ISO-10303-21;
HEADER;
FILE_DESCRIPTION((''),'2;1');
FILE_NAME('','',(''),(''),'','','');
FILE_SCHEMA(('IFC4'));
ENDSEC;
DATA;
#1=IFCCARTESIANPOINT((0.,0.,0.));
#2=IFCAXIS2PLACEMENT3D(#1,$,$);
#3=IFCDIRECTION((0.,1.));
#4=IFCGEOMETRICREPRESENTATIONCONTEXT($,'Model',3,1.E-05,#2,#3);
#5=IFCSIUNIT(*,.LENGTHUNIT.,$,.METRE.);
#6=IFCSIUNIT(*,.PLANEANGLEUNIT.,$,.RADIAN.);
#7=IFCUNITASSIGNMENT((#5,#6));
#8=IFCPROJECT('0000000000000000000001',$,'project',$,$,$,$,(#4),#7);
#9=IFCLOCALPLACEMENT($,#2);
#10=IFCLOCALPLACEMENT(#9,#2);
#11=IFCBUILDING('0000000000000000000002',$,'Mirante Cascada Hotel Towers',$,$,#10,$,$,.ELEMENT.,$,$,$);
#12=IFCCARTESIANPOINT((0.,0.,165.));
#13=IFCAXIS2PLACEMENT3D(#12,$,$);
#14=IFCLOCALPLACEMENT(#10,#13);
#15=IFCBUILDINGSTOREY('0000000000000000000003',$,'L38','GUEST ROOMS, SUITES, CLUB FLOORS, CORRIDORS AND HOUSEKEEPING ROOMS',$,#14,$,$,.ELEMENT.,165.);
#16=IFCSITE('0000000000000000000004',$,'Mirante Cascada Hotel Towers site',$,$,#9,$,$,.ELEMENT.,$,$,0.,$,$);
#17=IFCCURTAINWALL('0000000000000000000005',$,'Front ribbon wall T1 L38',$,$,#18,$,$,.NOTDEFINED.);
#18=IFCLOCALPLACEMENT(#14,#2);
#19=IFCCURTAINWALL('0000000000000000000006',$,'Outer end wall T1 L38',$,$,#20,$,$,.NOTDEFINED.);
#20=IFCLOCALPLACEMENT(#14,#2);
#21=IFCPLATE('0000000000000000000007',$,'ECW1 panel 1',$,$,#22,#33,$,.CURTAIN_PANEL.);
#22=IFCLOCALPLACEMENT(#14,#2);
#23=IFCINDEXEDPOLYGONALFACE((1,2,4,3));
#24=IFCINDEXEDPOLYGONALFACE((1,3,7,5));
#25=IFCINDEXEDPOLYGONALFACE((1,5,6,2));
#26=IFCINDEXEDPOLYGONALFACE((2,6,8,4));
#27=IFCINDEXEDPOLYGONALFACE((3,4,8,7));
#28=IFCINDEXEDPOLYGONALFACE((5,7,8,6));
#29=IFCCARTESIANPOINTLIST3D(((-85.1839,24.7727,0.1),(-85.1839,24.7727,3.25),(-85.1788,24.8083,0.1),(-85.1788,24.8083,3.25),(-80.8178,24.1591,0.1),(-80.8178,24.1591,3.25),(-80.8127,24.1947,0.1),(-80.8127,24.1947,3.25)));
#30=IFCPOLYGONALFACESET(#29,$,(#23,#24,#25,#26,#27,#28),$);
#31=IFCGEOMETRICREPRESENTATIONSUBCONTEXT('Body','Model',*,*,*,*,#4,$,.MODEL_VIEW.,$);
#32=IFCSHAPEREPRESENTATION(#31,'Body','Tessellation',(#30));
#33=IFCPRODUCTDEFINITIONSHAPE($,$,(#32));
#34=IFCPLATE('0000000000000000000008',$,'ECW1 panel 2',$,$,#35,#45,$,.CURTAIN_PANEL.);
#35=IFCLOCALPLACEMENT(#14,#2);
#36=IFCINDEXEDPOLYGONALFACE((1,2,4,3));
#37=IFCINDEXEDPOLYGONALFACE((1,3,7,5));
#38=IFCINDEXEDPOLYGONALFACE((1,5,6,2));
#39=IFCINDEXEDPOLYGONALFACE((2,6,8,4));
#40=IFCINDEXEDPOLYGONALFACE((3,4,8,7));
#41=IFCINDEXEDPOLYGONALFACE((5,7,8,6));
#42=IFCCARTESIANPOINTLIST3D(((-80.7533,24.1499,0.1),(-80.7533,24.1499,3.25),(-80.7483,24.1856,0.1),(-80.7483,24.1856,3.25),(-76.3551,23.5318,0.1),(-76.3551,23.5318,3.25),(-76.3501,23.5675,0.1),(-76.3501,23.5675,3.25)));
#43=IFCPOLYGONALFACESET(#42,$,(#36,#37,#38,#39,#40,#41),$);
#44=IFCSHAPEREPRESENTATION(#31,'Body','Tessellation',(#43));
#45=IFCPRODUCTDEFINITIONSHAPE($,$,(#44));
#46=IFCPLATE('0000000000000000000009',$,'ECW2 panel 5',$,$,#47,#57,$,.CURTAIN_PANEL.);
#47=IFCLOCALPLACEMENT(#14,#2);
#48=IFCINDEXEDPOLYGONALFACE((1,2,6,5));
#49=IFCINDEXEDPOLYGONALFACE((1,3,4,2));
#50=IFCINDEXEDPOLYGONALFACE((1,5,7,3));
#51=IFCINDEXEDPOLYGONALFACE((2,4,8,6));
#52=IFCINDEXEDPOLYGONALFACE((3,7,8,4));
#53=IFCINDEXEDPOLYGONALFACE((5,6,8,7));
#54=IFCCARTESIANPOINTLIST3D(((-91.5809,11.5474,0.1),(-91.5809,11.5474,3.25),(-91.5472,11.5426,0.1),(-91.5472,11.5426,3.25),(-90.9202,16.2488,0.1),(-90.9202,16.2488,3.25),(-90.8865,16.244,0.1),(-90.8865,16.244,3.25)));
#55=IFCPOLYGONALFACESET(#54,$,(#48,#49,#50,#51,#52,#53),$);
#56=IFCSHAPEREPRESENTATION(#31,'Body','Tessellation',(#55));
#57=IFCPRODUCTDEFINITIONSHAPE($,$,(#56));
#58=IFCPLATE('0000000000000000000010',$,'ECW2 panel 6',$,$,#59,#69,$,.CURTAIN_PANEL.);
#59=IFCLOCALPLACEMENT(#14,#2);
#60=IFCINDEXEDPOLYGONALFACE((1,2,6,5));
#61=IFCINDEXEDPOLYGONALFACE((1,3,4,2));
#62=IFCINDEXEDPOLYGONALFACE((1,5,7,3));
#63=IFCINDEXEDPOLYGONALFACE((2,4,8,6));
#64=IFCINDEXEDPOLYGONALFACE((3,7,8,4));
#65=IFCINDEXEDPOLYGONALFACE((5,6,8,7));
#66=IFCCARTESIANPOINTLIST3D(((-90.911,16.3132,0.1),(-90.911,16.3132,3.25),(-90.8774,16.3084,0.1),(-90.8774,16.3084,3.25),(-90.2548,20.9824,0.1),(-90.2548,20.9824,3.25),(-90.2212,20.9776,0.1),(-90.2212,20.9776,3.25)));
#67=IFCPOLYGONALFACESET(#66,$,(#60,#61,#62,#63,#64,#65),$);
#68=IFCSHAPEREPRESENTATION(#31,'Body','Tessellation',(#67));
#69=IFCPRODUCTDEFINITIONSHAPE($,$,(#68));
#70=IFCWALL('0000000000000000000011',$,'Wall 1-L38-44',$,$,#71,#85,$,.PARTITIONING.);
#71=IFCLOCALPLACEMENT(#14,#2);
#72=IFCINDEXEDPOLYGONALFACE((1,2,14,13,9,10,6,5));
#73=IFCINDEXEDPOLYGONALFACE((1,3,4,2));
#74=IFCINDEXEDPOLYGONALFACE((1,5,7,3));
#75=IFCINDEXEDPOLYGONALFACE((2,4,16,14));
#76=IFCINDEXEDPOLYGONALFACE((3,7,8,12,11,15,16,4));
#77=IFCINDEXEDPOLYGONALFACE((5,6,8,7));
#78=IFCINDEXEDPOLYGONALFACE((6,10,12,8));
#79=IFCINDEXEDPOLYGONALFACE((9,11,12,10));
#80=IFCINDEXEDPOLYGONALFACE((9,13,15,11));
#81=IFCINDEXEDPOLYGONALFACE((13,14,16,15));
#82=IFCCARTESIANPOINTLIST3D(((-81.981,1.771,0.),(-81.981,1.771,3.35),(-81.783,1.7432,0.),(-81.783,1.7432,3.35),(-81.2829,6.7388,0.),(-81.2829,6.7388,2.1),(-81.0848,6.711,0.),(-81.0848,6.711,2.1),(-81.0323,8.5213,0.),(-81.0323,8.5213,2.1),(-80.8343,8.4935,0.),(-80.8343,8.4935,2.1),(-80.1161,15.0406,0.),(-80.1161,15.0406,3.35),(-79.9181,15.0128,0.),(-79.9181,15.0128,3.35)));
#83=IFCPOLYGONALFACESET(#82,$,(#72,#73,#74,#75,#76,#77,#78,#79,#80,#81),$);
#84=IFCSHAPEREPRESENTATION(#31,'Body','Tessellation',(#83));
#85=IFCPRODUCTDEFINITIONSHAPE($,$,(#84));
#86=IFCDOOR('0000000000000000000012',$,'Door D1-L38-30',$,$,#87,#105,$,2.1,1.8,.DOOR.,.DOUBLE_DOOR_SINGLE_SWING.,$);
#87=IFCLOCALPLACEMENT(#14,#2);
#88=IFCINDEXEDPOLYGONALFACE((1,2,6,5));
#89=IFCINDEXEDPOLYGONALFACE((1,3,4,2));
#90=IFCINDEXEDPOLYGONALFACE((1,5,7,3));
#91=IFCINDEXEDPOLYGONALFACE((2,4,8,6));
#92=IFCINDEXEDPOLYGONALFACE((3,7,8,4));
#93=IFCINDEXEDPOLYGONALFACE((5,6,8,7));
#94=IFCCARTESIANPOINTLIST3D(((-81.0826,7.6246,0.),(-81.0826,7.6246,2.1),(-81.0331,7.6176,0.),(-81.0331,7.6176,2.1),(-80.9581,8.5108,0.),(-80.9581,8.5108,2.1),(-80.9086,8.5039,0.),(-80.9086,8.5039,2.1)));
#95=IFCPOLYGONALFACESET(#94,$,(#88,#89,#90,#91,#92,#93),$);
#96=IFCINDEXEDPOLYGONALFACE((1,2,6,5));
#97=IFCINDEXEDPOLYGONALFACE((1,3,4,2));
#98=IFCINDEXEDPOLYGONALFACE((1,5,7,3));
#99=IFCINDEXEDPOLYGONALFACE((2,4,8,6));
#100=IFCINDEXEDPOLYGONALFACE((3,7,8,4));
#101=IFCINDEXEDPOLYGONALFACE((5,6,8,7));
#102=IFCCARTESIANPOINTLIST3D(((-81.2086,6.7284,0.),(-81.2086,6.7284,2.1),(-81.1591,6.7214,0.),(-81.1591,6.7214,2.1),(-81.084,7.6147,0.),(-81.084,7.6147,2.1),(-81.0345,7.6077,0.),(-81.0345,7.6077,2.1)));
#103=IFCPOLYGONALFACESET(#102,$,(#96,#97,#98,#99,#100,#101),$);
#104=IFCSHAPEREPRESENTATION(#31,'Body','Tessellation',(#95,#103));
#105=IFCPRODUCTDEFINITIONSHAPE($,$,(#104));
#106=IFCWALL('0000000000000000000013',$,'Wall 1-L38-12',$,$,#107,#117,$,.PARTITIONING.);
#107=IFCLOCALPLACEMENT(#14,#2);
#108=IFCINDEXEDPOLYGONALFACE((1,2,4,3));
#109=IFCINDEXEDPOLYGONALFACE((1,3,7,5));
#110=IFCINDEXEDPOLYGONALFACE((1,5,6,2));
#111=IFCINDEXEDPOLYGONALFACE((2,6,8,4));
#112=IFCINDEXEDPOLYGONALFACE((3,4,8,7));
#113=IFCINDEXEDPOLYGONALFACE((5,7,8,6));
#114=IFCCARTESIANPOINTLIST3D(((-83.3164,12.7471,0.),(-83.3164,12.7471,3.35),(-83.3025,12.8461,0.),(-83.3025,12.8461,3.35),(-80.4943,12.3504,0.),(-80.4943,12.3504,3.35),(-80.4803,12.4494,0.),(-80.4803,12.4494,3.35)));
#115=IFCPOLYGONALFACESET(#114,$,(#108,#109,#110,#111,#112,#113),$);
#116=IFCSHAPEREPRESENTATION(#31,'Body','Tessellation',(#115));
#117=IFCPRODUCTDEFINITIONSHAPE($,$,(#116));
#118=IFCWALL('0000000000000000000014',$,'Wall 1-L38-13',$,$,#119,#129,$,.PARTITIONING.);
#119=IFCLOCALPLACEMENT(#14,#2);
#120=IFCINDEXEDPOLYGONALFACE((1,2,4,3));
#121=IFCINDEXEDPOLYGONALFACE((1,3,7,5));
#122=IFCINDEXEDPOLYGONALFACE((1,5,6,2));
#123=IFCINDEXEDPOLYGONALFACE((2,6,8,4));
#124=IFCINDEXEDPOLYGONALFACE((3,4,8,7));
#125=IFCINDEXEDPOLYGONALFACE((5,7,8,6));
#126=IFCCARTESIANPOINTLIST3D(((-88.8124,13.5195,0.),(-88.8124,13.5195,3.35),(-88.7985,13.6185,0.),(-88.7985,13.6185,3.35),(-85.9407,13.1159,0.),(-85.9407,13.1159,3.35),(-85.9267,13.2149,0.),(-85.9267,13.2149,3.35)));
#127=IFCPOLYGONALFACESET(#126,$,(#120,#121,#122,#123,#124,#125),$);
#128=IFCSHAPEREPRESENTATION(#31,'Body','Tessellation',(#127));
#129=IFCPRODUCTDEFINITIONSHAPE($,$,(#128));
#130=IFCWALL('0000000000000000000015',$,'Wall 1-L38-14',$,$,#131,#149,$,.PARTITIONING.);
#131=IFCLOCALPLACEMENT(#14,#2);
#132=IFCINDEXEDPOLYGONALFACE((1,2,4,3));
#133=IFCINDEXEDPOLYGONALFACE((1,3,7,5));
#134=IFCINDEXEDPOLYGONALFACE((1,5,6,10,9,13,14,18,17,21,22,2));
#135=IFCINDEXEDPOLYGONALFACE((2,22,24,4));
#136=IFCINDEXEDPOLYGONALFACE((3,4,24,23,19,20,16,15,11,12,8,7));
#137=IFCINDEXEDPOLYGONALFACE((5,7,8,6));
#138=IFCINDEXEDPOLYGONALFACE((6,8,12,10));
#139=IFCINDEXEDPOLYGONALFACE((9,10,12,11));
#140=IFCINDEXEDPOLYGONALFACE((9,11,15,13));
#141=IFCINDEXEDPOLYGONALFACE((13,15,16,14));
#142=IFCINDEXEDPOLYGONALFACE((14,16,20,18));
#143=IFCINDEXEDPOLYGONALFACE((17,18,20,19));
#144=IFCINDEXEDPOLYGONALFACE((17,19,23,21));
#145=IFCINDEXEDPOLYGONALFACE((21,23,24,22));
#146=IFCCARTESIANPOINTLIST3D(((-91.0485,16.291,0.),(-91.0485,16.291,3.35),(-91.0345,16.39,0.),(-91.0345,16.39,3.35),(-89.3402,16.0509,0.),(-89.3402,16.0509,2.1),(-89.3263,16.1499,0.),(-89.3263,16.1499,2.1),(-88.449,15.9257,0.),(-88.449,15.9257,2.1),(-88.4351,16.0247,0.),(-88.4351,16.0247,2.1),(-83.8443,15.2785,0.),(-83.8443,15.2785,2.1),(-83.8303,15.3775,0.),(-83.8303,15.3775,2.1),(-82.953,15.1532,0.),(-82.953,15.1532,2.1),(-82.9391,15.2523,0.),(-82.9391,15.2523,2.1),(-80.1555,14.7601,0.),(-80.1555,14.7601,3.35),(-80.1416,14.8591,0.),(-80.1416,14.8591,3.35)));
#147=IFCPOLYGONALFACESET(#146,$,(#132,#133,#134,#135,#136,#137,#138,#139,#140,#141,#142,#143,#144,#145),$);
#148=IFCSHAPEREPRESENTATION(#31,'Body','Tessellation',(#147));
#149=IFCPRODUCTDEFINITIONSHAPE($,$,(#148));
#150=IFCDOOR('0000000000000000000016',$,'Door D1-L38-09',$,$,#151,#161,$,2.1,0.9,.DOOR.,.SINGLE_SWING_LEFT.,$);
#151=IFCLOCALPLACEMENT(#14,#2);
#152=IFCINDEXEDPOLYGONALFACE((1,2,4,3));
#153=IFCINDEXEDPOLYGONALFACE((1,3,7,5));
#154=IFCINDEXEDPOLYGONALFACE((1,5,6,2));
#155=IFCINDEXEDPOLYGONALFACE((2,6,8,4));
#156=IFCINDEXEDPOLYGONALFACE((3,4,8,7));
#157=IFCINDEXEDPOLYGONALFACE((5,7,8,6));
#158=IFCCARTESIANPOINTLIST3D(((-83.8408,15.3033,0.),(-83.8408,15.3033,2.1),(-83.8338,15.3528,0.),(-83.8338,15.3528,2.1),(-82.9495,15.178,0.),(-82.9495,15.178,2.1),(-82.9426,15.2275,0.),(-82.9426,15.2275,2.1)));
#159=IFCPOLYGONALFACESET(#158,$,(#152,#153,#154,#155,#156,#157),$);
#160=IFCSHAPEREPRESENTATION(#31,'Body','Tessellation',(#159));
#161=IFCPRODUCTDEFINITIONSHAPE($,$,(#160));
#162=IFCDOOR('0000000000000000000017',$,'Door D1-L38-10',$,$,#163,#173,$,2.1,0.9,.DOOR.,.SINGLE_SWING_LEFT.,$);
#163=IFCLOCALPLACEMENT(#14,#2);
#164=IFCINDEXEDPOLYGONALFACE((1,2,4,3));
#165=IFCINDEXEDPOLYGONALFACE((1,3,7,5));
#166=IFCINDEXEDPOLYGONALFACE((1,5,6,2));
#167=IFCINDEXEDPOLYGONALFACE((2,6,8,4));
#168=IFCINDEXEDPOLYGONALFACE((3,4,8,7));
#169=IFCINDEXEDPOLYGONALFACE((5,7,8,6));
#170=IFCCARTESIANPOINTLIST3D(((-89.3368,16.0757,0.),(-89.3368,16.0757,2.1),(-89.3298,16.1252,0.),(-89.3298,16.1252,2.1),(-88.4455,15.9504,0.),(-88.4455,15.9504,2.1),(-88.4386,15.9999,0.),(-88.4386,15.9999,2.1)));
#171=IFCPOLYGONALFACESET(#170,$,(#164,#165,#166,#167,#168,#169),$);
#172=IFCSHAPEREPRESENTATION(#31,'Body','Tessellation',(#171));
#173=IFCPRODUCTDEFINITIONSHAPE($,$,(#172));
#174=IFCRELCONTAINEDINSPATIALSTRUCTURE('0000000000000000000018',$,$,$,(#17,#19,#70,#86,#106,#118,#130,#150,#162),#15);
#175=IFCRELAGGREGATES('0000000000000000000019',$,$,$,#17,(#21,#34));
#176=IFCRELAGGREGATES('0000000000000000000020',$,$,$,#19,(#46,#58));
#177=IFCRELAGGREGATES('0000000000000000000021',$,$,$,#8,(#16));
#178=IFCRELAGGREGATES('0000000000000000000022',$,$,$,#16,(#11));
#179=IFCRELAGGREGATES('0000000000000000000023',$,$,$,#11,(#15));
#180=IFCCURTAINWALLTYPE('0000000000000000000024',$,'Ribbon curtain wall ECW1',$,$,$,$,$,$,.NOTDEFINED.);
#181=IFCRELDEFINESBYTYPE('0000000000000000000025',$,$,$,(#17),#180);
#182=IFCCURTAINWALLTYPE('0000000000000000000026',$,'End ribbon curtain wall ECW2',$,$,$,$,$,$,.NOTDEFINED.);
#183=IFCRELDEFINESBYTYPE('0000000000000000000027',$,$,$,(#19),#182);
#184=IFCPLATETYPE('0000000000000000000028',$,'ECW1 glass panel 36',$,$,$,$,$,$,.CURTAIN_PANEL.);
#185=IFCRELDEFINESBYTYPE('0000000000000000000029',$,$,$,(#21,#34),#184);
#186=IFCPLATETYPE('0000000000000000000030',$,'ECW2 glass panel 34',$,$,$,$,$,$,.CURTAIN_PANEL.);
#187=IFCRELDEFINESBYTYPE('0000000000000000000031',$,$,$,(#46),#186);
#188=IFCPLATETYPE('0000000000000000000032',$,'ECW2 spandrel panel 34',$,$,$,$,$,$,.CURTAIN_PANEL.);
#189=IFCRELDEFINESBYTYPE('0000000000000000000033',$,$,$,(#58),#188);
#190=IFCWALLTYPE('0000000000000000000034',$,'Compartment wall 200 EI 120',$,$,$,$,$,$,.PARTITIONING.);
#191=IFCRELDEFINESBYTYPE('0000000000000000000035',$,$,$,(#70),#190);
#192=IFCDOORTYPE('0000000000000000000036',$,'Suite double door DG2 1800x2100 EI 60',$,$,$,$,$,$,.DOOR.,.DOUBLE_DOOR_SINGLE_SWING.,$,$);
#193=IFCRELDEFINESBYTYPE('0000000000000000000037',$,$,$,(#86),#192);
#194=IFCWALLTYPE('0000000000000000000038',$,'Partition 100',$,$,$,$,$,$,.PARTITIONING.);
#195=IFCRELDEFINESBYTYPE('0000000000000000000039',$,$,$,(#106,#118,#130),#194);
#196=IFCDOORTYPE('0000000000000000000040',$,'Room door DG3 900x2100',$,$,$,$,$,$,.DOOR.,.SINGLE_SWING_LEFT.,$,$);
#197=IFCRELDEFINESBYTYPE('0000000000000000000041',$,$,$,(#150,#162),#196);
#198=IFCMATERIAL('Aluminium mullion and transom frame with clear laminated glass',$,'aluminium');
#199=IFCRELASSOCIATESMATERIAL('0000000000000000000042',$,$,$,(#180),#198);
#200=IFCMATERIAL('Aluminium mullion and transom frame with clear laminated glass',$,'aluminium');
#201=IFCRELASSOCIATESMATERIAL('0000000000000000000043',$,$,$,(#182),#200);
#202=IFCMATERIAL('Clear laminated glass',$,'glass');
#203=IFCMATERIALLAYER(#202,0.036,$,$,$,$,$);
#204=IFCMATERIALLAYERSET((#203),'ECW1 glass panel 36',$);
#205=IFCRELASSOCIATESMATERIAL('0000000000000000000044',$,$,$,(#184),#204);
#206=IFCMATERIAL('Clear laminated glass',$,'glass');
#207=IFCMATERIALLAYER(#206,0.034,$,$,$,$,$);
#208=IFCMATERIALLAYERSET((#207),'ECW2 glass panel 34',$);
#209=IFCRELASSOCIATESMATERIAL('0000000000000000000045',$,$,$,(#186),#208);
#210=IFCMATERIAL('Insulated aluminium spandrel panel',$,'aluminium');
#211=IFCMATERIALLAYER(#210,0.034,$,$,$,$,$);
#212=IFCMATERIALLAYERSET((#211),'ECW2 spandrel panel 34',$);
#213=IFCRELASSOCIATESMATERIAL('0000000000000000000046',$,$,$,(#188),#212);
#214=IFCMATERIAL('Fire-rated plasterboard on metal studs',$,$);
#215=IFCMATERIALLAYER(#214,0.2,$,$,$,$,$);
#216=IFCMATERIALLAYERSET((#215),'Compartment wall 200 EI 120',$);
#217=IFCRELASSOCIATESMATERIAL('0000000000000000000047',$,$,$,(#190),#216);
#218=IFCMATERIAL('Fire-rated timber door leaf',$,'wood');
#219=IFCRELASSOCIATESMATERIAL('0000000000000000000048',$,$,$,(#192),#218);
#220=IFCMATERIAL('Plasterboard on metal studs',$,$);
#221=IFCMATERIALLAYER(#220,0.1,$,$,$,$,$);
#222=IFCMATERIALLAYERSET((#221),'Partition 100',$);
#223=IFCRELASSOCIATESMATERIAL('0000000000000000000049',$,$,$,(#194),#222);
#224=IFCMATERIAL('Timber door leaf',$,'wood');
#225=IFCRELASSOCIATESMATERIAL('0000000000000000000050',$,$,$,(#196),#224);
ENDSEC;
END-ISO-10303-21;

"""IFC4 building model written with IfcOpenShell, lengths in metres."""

from ifc_helpers import new_model, si_unit, direction, frame, frame_2d, origin, origin_2d, place, context, subcontext, project, spatial, rectangle, extrude, material, layer, layer_set, type_object, element, fill, aggregate, save


model = new_model("IFC4")

# Units and contexts
model_context = context("Model", 3, precision=1e-05, world=origin(), true_north=direction((0.0, 1.0)))
body_context = subcontext(model_context, "Body", "Model", "MODEL_VIEW")
ifc_project = project(units=[si_unit("LENGTHUNIT", "METRE"), si_unit("PLANEANGLEUNIT", "RADIAN")], contexts=[model_context])

# Site, building, storey
site_placement = place(None, origin())
site = spatial("IfcSite", under=ifc_project, at=site_placement, Name="Mirante Cascada Hotel Towers site", CompositionType="ELEMENT", RefElevation=0.0)
building_placement = place(site_placement, origin())
building = spatial("IfcBuilding", under=site, at=building_placement, Name="Mirante Cascada Hotel Towers", CompositionType="ELEMENT")
storey_placement = place(building_placement, frame((0.0, 0.0, 165.0)))
storey = spatial("IfcBuildingStorey", under=building, at=storey_placement, Name="L38", Description="GUEST ROOMS, SUITES, CLUB FLOORS, CORRIDORS AND HOUSEKEEPING ROOMS", CompositionType="ELEMENT", Elevation=165.0)

# Curtain walls
ifc_material_1 = material(Name="Aluminium mullion and transom frame with clear laminated glass", Category="aluminium")
curtain_wall_type_1 = type_object("IfcCurtainWallType", Name="Ribbon curtain wall ECW1", PredefinedType="NOTDEFINED", material=ifc_material_1)
curtain_wall_1_placement = place(storey_placement, origin())
curtain_wall_1 = element("IfcCurtainWall", 1, at=curtain_wall_1_placement, inside=storey, type_object=curtain_wall_type_1, Name="Front ribbon wall T1 L38", PredefinedType="NOTDEFINED")
ifc_material_2 = material(Name="Aluminium mullion and transom frame with clear laminated glass", Category="aluminium")
curtain_wall_type_2 = type_object("IfcCurtainWallType", Name="End ribbon curtain wall ECW2", PredefinedType="NOTDEFINED", material=ifc_material_2)
curtain_wall_2_placement = place(storey_placement, origin())
curtain_wall_2 = element("IfcCurtainWall", 2, at=curtain_wall_2_placement, inside=storey, type_object=curtain_wall_type_2, Name="Outer end wall T1 L38", PredefinedType="NOTDEFINED")

# Plates
ifc_material_3 = material(Name="Clear laminated glass", Category="glass")
ifc_layer_1 = layer(ifc_material_3, 0.036)
ifc_layer_set_1 = layer_set([ifc_layer_1], Name="ECW1 glass panel 36")
plate_type_1 = type_object("IfcPlateType", Name="ECW1 glass panel 36", PredefinedType="CURTAIN_PANEL", material=ifc_layer_set_1)
plate_1_placement = place(storey_placement, frame((-82.9983, 24.4837, 0.1), z_axis=(0.0, 0.0, 1.0), x_axis=(0.990268, -0.139173, 0.0)))
plate_1 = element("IfcPlate", 3, at=plate_1_placement, type_object=plate_type_1, Name="ECW1 panel 1", PredefinedType="CURTAIN_PANEL", context=body_context, shape_type="SweptSolid", body=[
    extrude(rectangle(XDim=4.409, YDim=0.036, at=origin_2d()), origin(), (0.0, 0.0, 1.0), 3.15),
])
plate_2_placement = place(storey_placement, frame((-78.5517, 23.8587, 0.1), z_axis=(0.0, 0.0, 1.0), x_axis=(0.990268, -0.139173, 0.0)))
plate_2 = element("IfcPlate", 4, at=plate_2_placement, type_object=plate_type_1, Name="ECW1 panel 2", PredefinedType="CURTAIN_PANEL", context=body_context, shape_type="SweptSolid", body=[
    extrude(rectangle(XDim=4.4415, YDim=0.036, at=origin_2d()), origin(), (0.0, 0.0, 1.0), 3.15),
])
aggregate(curtain_wall_1, [plate_1, plate_2])
ifc_material_4 = material(Name="Clear laminated glass", Category="glass")
ifc_layer_2 = layer(ifc_material_4, 0.034)
ifc_layer_set_2 = layer_set([ifc_layer_2], Name="ECW2 glass panel 34")
plate_type_2 = type_object("IfcPlateType", Name="ECW2 glass panel 34", PredefinedType="CURTAIN_PANEL", material=ifc_layer_set_2)
plate_3_placement = place(storey_placement, frame((-91.2337, 13.8957, 0.1), z_axis=(0.0, 0.0, 1.0), x_axis=(0.139173, 0.990268, 0.0)))
plate_3 = element("IfcPlate", 5, at=plate_3_placement, type_object=plate_type_2, Name="ECW2 panel 5", PredefinedType="CURTAIN_PANEL", context=body_context, shape_type="SweptSolid", body=[
    extrude(rectangle(XDim=4.7476, YDim=0.034, at=origin_2d()), origin(), (0.0, 0.0, 1.0), 3.15),
])
ifc_material_5 = material(Name="Insulated aluminium spandrel panel", Category="aluminium")
ifc_layer_3 = layer(ifc_material_5, 0.034)
ifc_layer_set_3 = layer_set([ifc_layer_3], Name="ECW2 spandrel panel 34")
plate_type_3 = type_object("IfcPlateType", Name="ECW2 spandrel panel 34", PredefinedType="CURTAIN_PANEL", material=ifc_layer_set_3)
plate_4_placement = place(storey_placement, frame((-90.5661, 18.6454, 0.1), z_axis=(0.0, 0.0, 1.0), x_axis=(0.139173, 0.990268, 0.0)))
plate_4 = element("IfcPlate", 6, at=plate_4_placement, type_object=plate_type_3, Name="ECW2 panel 6", PredefinedType="CURTAIN_PANEL", context=body_context, shape_type="SweptSolid", body=[
    extrude(rectangle(XDim=4.7151, YDim=0.034, at=origin_2d()), origin(), (0.0, 0.0, 1.0), 3.15),
])
aggregate(curtain_wall_2, [plate_3, plate_4])

# Wall, opening, door
ifc_material_6 = material(Name="Fire-rated plasterboard on metal studs")
ifc_layer_4 = layer(ifc_material_6, 0.2)
ifc_layer_set_4 = layer_set([ifc_layer_4], Name="Compartment wall 200 EI 120")
wall_type_1 = type_object("IfcWallType", Name="Compartment wall 200 EI 120", PredefinedType="PARTITIONING", material=ifc_layer_set_4)
wall_1_placement = place(storey_placement, frame((-80.0171, 15.0267, 0.0), z_axis=(0.0, 0.0, 1.0), x_axis=(-0.139172, -0.990268, 0.0)))
wall_1 = element("IfcWall", 7, at=wall_1_placement, inside=storey, type_object=wall_type_1, Name="Wall 1-L38-44", PredefinedType="PARTITIONING", context=body_context, shape_type="SweptSolid", body=[
    extrude(rectangle(XDim=13.4, YDim=0.2, at=frame_2d((6.7, 0.0))), origin(), (0.0, 0.0, 1.0), 3.35),
])
opening_1_placement = place(wall_1_placement, frame((6.5834, 0.0, 0.0)))
opening_1 = element("IfcOpeningElement", 8, at=opening_1_placement, cuts=wall_1, PredefinedType="OPENING", context=body_context, shape_type="SweptSolid", body=[
    extrude(rectangle(XDim=1.8, YDim=2.1, at=frame_2d((0.9, 1.05))), frame((0.0, 0.1, 0.0), z_axis=(0.0, -1.0, 0.0), x_axis=(1.0, 0.0, 0.0)), (0.0, 0.0, 1.0), 0.2),
])
ifc_material_7 = material(Name="Fire-rated timber door leaf", Category="wood")
door_type_1 = type_object("IfcDoorType", Name="Suite double door DG2 1800x2100 EI 60", OperationType="DOUBLE_DOOR_SINGLE_SWING", PredefinedType="DOOR", material=ifc_material_7)
door_1_placement = place(opening_1_placement, origin())
door_1 = element("IfcDoor", 9, at=door_1_placement, inside=storey, type_object=door_type_1, Name="Door D1-L38-30", OperationType="DOUBLE_DOOR_SINGLE_SWING", OverallHeight=2.1, OverallWidth=1.8, PredefinedType="DOOR", context=body_context, shape_type="SweptSolid", body=[
    extrude(rectangle(XDim=0.895, YDim=2.1, at=frame_2d((0.4475, 1.05))), frame((0.0, 0.025, 0.0), z_axis=(0.0, -1.0, 0.0), x_axis=(1.0, 0.0, 0.0)), (0.0, 0.0, 1.0), 0.05),
    extrude(rectangle(XDim=0.895, YDim=2.1, at=frame_2d((1.3525, 1.05))), frame((0.0, 0.025, 0.0), z_axis=(0.0, -1.0, 0.0), x_axis=(1.0, 0.0, 0.0)), (0.0, 0.0, 1.0), 0.05),
])
fill(opening_1, door_1)

# Walls
ifc_material_8 = material(Name="Plasterboard on metal studs")
ifc_layer_5 = layer(ifc_material_8, 0.1)
ifc_layer_set_5 = layer_set([ifc_layer_5], Name="Partition 100")
wall_type_2 = type_object("IfcWallType", Name="Partition 100", PredefinedType="PARTITIONING", material=ifc_layer_set_5)
wall_2_placement = place(storey_placement, frame((-83.3095, 12.7966, 0.0), z_axis=(0.0, 0.0, 1.0), x_axis=(0.990265, -0.139196, 0.0)))
element("IfcWall", 10, at=wall_2_placement, inside=storey, type_object=wall_type_2, Name="Wall 1-L38-12", PredefinedType="PARTITIONING", context=body_context, shape_type="SweptSolid", body=[
    extrude(rectangle(XDim=2.8499, YDim=0.1, at=frame_2d((1.425, 0.0))), origin(), (0.0, 0.0, 1.0), 3.35),
])
wall_3_placement = place(storey_placement, frame((-85.9337, 13.1654, 0.0), z_axis=(0.0, 0.0, 1.0), x_axis=(-0.990268, 0.139171, 0.0)))
element("IfcWall", 11, at=wall_3_placement, inside=storey, type_object=wall_type_2, Name="Wall 1-L38-13", PredefinedType="PARTITIONING", context=body_context, shape_type="SweptSolid", body=[
    extrude(rectangle(XDim=2.9, YDim=0.1, at=frame_2d((1.45, 0.0))), origin(), (0.0, 0.0, 1.0), 3.35),
])

# Wall, openings, doors
wall_4_placement = place(storey_placement, frame((-91.0415, 16.3405, 0.0), z_axis=(0.0, 0.0, 1.0), x_axis=(0.990268, -0.139173, 0.0)))
wall_4 = element("IfcWall", 12, at=wall_4_placement, inside=storey, type_object=wall_type_2, Name="Wall 1-L38-14", PredefinedType="PARTITIONING", context=body_context, shape_type="SweptSolid", body=[
    extrude(rectangle(XDim=11.0, YDim=0.1, at=frame_2d((5.5, 0.0))), origin(), (0.0, 0.0, 1.0), 3.35),
])
opening_2_placement = place(wall_4_placement, frame((7.275, 0.0, 0.0)))
opening_2 = element("IfcOpeningElement", 13, at=opening_2_placement, cuts=wall_4, PredefinedType="OPENING", context=body_context, shape_type="SweptSolid", body=[
    extrude(rectangle(XDim=0.9, YDim=2.1, at=frame_2d((0.45, 1.05))), frame((0.0, 0.05, 0.0), z_axis=(0.0, -1.0, 0.0), x_axis=(1.0, 0.0, 0.0)), (0.0, 0.0, 1.0), 0.1),
])
opening_3_placement = place(wall_4_placement, frame((1.725, 0.0, 0.0)))
opening_3 = element("IfcOpeningElement", 14, at=opening_3_placement, cuts=wall_4, PredefinedType="OPENING", context=body_context, shape_type="SweptSolid", body=[
    extrude(rectangle(XDim=0.9, YDim=2.1, at=frame_2d((0.45, 1.05))), frame((0.0, 0.05, 0.0), z_axis=(0.0, -1.0, 0.0), x_axis=(1.0, 0.0, 0.0)), (0.0, 0.0, 1.0), 0.1),
])
ifc_material_9 = material(Name="Timber door leaf", Category="wood")
door_type_2 = type_object("IfcDoorType", Name="Room door DG3 900x2100", OperationType="SINGLE_SWING_LEFT", PredefinedType="DOOR", material=ifc_material_9)
door_2_placement = place(opening_2_placement, origin())
door_2 = element("IfcDoor", 15, at=door_2_placement, inside=storey, type_object=door_type_2, Name="Door D1-L38-09", OperationType="SINGLE_SWING_LEFT", OverallHeight=2.1, OverallWidth=0.9, PredefinedType="DOOR", context=body_context, shape_type="SweptSolid", body=[
    extrude(rectangle(XDim=0.9, YDim=2.1, at=frame_2d((0.45, 1.05))), frame((0.0, 0.025, 0.0), z_axis=(0.0, -1.0, 0.0), x_axis=(1.0, 0.0, 0.0)), (0.0, 0.0, 1.0), 0.05),
])
fill(opening_2, door_2)
door_3_placement = place(opening_3_placement, origin())
door_3 = element("IfcDoor", 16, at=door_3_placement, inside=storey, type_object=door_type_2, Name="Door D1-L38-10", OperationType="SINGLE_SWING_LEFT", OverallHeight=2.1, OverallWidth=0.9, PredefinedType="DOOR", context=body_context, shape_type="SweptSolid", body=[
    extrude(rectangle(XDim=0.9, YDim=2.1, at=frame_2d((0.45, 1.05))), frame((0.0, 0.025, 0.0), z_axis=(0.0, -1.0, 0.0), x_axis=(1.0, 0.0, 0.0)), (0.0, 0.0, 1.0), 0.05),
])
fill(opening_3, door_3)

save(model, "model.ifc")
